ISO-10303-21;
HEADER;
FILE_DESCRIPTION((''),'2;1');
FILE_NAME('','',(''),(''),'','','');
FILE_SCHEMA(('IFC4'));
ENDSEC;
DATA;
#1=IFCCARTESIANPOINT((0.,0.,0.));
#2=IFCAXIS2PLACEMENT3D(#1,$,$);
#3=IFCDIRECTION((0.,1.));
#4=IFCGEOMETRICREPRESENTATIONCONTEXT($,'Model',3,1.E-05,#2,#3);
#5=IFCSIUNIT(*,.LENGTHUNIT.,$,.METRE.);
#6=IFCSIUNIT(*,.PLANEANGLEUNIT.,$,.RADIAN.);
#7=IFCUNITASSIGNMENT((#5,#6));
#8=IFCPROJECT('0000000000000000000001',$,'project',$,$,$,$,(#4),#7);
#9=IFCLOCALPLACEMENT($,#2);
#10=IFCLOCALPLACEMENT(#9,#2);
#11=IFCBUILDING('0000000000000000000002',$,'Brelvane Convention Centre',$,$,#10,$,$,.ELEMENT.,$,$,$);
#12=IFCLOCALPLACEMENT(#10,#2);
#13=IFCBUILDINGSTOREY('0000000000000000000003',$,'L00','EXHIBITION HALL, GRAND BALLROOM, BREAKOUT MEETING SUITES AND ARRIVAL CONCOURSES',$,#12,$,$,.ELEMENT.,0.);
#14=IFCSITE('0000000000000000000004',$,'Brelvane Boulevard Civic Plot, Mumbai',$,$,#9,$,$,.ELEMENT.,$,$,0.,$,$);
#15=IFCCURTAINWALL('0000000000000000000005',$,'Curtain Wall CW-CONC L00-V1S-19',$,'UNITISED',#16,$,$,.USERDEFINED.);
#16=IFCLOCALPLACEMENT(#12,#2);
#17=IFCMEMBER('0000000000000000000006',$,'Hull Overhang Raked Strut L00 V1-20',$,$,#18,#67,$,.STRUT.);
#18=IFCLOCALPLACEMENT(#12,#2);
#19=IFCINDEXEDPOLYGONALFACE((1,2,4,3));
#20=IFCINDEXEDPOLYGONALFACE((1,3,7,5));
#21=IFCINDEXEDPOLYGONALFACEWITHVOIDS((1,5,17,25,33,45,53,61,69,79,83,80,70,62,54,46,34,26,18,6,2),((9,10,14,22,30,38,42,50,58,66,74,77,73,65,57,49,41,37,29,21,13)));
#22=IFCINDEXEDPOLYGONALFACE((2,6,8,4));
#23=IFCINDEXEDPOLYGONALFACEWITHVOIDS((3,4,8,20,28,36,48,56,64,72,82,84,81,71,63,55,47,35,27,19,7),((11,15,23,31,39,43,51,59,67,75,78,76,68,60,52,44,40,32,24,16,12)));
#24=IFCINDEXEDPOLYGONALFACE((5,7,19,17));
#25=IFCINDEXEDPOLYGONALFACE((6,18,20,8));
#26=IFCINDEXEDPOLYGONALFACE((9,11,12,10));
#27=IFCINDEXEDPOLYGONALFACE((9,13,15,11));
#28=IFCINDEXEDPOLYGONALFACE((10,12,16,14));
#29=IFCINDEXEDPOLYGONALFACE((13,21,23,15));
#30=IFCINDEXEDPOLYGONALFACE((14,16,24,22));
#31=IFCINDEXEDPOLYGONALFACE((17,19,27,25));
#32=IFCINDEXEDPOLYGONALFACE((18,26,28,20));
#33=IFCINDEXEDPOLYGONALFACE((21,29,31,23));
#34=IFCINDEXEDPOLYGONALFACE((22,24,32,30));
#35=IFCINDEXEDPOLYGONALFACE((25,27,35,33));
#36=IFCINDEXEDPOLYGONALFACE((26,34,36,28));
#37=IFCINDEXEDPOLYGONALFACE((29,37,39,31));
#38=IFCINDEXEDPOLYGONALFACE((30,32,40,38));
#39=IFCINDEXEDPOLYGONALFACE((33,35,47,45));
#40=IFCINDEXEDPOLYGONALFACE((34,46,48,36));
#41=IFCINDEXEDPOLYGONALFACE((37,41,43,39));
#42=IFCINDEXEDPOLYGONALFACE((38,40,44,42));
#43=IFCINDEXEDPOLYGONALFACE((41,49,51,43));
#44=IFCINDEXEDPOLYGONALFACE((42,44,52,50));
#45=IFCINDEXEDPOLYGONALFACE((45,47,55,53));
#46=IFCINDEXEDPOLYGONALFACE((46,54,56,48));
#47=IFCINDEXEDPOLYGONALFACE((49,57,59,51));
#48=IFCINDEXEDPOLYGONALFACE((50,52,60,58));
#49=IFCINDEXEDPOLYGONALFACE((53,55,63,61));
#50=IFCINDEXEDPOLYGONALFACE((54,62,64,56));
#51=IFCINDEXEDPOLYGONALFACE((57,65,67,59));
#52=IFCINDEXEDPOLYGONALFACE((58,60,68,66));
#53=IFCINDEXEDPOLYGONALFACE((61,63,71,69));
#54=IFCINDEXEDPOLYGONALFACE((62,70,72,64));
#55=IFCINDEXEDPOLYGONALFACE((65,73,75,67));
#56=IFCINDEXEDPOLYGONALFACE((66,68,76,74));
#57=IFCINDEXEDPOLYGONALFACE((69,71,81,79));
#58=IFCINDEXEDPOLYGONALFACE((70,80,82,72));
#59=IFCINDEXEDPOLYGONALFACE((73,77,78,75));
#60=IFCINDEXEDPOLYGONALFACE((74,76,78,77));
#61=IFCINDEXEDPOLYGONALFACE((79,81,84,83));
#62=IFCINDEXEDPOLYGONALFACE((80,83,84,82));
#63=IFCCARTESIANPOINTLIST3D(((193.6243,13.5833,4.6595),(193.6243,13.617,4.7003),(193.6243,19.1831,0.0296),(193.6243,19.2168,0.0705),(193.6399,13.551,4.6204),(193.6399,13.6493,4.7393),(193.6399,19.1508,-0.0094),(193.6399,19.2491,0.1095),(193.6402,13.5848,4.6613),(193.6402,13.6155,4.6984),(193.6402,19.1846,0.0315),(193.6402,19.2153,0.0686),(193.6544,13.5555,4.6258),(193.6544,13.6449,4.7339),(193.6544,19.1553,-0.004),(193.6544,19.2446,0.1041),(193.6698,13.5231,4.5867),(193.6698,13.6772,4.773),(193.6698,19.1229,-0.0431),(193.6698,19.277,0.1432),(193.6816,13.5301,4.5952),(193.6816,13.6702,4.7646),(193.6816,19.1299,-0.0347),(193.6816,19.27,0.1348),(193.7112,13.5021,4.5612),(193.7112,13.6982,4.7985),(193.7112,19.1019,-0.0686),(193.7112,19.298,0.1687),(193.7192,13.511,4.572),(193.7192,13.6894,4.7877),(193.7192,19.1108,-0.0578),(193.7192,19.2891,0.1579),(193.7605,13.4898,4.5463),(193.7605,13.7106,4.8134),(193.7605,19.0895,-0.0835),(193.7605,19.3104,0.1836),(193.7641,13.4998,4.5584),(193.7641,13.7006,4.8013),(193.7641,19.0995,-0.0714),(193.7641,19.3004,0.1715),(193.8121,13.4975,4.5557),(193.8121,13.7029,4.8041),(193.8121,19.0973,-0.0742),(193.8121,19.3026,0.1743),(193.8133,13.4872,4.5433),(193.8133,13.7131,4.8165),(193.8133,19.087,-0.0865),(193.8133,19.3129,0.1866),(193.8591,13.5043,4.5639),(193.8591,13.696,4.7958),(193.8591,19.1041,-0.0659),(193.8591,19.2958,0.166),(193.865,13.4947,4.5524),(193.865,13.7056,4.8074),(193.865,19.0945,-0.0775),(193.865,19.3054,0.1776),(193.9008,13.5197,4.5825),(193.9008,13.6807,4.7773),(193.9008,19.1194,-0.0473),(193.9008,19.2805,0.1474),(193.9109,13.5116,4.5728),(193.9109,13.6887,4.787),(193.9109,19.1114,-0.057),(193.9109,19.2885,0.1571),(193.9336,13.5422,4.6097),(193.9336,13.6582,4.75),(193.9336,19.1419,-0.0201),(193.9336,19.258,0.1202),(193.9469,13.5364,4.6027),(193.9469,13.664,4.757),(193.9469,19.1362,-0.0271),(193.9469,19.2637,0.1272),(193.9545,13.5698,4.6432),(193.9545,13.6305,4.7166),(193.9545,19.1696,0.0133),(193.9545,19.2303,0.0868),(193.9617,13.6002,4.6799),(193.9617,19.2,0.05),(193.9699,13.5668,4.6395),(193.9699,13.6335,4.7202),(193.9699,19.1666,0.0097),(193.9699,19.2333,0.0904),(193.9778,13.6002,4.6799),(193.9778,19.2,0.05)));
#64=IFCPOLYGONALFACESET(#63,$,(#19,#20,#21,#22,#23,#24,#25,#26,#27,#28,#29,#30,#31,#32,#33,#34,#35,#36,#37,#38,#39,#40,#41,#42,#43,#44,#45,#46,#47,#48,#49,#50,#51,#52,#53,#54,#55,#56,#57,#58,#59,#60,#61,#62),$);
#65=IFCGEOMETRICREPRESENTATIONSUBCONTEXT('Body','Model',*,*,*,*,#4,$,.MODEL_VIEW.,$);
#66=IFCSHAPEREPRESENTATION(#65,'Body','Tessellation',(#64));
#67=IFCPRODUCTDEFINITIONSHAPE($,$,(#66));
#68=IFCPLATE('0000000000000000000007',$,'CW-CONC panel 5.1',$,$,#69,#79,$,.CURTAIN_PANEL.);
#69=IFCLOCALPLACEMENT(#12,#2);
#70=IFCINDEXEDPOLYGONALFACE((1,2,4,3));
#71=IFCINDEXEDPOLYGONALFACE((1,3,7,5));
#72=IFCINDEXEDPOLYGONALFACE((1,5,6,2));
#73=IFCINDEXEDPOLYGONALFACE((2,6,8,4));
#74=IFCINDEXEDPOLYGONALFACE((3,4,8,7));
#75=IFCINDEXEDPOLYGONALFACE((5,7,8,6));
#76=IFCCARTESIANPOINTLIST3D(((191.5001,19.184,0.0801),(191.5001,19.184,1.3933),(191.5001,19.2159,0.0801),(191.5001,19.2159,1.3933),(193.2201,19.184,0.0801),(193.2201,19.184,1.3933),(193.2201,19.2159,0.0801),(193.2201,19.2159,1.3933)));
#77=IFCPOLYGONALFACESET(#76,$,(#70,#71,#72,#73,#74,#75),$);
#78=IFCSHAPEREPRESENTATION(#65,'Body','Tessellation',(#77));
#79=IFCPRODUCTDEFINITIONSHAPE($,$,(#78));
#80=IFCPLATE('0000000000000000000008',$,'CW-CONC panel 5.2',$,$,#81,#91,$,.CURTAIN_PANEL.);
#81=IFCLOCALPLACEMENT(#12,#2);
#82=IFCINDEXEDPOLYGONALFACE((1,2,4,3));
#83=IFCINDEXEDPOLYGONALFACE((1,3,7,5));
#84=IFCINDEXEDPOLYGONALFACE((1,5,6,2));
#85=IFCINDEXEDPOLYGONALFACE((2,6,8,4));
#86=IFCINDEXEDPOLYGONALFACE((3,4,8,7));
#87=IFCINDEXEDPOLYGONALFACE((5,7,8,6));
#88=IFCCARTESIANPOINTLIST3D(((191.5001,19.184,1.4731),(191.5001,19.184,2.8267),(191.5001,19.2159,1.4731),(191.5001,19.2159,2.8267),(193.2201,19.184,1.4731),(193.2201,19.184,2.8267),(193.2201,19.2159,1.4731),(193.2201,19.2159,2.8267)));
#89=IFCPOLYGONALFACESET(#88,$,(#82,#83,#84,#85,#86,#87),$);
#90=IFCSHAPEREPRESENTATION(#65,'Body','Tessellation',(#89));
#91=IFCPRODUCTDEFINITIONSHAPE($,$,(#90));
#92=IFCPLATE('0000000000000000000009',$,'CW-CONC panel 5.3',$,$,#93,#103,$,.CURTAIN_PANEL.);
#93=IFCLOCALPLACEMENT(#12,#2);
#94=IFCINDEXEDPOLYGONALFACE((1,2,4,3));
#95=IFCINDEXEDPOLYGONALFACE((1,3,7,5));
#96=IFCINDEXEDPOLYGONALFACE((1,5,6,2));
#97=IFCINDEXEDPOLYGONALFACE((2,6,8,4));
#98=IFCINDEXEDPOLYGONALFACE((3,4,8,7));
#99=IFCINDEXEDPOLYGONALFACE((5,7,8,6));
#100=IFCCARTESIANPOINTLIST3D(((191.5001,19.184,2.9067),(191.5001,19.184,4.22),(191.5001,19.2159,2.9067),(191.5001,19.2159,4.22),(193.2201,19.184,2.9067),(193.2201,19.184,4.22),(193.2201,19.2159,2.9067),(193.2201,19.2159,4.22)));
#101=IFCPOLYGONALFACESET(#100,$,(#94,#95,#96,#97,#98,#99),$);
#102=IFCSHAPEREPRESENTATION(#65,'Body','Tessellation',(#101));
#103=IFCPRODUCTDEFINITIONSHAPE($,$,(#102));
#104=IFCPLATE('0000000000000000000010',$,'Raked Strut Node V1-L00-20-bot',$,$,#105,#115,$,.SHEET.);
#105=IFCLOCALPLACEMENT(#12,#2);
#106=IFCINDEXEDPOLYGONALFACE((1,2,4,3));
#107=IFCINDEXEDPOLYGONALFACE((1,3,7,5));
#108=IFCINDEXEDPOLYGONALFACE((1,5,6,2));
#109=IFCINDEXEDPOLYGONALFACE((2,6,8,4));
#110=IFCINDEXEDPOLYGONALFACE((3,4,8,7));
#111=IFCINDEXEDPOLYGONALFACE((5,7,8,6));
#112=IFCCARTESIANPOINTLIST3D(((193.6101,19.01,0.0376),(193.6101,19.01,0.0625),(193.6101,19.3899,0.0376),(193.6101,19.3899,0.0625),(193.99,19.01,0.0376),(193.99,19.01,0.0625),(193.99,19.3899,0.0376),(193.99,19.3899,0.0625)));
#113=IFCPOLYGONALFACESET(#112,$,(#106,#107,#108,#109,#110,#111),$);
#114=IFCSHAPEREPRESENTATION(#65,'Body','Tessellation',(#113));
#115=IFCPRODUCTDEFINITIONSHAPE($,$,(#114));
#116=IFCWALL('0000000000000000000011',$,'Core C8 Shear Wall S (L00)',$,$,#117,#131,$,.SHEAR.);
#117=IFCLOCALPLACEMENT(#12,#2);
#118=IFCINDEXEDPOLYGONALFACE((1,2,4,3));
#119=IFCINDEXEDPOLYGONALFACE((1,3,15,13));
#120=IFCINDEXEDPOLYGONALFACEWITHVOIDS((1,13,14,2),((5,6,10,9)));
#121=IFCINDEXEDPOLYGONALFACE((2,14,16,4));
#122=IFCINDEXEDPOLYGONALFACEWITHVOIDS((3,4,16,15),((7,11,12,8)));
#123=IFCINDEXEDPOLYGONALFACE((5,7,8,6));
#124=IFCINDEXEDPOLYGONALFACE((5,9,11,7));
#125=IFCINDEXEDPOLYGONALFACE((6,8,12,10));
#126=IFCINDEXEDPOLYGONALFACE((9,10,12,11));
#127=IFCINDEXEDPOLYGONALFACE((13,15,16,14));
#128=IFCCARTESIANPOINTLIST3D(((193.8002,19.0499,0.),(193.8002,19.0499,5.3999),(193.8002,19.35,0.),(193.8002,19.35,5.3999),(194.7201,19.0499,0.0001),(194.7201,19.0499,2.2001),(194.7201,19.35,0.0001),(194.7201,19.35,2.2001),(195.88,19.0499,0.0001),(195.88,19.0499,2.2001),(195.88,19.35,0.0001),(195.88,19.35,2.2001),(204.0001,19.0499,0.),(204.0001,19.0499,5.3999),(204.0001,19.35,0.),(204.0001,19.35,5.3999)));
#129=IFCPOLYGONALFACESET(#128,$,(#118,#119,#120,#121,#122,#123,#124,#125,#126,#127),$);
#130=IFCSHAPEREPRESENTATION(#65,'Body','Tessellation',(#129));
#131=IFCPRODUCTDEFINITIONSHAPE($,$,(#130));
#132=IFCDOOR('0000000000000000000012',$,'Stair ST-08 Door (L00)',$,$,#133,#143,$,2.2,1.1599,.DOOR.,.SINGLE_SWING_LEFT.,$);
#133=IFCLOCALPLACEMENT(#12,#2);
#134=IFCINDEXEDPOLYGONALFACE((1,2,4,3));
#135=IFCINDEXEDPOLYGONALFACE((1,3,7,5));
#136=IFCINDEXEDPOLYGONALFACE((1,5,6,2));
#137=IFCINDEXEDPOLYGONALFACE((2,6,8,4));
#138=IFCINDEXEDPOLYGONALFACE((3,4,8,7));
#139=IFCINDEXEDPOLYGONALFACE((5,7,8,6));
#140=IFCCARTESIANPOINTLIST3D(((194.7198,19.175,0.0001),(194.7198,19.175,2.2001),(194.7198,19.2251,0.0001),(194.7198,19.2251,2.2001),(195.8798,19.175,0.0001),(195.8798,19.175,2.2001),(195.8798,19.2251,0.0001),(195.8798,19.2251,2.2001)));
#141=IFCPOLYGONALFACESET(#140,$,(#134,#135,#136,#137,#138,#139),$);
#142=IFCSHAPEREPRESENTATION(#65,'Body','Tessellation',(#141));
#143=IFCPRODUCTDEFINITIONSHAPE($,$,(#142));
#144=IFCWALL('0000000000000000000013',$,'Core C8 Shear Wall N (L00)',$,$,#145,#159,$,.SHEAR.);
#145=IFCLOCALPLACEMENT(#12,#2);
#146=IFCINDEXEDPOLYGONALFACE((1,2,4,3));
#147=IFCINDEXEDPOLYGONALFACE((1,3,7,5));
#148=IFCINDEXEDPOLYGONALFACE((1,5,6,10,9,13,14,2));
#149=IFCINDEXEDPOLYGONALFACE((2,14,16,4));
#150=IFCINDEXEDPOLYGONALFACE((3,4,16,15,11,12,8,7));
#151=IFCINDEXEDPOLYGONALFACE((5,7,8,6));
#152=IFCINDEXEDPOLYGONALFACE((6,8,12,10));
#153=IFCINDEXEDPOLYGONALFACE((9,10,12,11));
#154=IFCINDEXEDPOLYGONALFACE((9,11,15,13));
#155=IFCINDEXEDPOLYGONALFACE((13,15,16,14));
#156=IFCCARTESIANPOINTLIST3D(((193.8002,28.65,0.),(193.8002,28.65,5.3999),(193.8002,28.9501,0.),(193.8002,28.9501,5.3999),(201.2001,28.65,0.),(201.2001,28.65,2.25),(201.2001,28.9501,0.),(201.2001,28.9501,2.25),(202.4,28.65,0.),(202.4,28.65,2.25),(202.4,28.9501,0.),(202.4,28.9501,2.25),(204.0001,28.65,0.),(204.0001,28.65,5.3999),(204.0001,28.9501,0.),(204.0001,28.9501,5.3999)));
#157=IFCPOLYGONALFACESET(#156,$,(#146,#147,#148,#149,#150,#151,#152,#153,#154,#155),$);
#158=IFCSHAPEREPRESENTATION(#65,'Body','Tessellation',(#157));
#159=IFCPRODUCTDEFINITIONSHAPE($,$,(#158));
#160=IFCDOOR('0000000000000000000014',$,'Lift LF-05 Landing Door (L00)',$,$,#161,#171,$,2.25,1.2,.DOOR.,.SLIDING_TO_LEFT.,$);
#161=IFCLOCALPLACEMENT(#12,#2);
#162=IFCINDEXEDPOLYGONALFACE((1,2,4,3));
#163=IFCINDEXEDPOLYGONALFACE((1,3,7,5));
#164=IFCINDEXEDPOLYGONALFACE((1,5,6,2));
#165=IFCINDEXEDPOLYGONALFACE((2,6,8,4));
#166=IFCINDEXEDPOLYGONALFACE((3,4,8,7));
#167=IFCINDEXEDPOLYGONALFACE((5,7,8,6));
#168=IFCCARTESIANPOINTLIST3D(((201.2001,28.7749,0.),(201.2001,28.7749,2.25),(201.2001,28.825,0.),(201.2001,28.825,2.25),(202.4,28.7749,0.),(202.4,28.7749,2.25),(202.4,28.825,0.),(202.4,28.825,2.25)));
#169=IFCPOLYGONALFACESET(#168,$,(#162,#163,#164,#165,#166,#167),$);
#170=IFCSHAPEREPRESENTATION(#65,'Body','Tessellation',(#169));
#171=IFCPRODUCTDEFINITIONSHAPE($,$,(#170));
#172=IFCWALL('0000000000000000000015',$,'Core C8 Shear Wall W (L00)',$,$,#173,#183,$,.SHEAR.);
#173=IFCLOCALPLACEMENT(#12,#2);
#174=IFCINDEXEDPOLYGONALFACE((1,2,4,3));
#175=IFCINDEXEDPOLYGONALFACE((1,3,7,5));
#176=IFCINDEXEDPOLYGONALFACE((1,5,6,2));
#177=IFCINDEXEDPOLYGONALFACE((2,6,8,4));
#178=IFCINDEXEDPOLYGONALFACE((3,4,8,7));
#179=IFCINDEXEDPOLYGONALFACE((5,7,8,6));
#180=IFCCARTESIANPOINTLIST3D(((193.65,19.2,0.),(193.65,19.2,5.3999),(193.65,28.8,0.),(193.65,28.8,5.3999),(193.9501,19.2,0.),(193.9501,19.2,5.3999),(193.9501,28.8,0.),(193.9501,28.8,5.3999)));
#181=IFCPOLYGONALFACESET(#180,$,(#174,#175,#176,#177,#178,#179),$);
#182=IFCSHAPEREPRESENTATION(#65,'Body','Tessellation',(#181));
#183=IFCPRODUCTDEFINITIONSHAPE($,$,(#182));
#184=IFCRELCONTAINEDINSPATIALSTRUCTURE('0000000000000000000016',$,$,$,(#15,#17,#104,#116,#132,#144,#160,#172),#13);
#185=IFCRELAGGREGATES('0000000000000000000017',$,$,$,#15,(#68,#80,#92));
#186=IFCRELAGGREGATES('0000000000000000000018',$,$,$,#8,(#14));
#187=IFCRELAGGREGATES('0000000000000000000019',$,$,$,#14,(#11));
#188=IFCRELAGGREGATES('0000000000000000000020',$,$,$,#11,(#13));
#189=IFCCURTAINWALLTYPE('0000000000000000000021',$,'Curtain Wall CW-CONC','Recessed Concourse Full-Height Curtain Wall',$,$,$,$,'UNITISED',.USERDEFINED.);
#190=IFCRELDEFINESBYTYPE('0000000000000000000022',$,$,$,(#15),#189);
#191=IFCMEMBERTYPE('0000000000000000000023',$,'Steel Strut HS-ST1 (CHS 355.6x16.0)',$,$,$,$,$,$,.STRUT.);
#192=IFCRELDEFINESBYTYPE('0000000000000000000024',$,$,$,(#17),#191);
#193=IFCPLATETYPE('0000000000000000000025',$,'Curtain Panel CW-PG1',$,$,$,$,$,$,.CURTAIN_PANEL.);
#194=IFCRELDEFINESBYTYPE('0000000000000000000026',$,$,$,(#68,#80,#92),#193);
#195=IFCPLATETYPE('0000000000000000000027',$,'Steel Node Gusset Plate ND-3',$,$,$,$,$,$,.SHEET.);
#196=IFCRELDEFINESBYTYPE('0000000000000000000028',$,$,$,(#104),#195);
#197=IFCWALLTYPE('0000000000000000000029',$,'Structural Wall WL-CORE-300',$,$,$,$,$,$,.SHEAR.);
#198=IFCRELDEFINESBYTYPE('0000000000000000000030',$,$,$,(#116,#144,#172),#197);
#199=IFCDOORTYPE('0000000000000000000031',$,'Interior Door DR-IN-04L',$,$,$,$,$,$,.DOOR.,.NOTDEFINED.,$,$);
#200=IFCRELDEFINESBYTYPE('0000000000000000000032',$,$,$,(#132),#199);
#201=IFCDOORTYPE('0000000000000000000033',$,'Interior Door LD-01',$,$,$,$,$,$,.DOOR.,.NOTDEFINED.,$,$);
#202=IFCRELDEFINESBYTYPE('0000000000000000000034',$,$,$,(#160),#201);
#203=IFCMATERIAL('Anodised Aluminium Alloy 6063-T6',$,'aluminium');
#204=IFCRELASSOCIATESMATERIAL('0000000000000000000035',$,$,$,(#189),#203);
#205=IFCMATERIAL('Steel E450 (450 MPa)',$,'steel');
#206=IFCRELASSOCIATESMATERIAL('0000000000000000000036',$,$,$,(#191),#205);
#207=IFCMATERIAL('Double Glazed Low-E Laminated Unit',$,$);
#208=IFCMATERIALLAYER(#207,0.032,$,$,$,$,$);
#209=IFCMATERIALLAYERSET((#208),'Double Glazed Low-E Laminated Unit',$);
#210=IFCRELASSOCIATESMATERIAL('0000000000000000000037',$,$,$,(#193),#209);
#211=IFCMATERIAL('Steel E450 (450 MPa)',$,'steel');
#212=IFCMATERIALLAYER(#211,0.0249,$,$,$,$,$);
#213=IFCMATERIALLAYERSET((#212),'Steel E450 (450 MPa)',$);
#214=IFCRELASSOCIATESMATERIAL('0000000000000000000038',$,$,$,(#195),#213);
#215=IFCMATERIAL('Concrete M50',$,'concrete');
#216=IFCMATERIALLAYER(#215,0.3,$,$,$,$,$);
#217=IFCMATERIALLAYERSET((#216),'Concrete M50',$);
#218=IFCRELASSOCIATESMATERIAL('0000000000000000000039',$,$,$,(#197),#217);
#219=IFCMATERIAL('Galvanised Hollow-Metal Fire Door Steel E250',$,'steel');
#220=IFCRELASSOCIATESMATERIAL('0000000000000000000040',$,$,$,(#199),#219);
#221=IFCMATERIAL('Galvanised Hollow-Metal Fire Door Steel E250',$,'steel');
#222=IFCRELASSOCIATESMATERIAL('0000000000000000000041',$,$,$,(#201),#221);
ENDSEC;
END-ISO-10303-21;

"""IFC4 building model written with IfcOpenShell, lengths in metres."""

from ifc_helpers import new_model, si_unit, direction, frame, frame_2d, origin, origin_2d, place, context, subcontext, project, spatial, rectangle, hollow_circle, extrude, material, layer, layer_set, material_profile, profile_set, type_object, element, fill, aggregate, save


model = new_model("IFC4")

# Units and contexts
model_context = context("Model", 3, precision=1e-05, world=origin(), true_north=direction((0.0, 1.0)))
body_context = subcontext(model_context, "Body", "Model", "MODEL_VIEW")
ifc_project = project(units=[si_unit("LENGTHUNIT", "METRE"), si_unit("PLANEANGLEUNIT", "RADIAN")], contexts=[model_context])

# Site, building, storey
site_placement = place(None, origin())
site = spatial("IfcSite", under=ifc_project, at=site_placement, Name="Brelvane Boulevard Civic Plot, Mumbai", CompositionType="ELEMENT", RefElevation=0.0)
building_placement = place(site_placement, origin())
building = spatial("IfcBuilding", under=site, at=building_placement, Name="Brelvane Convention Centre", CompositionType="ELEMENT")
storey_placement = place(building_placement, origin())
storey = spatial("IfcBuildingStorey", under=building, at=storey_placement, Name="L00", Description="EXHIBITION HALL, GRAND BALLROOM, BREAKOUT MEETING SUITES AND ARRIVAL CONCOURSES", CompositionType="ELEMENT", Elevation=0.0)

# Curtain wall
ifc_material_1 = material(Name="Anodised Aluminium Alloy 6063-T6", Category="aluminium")
curtain_wall_type = type_object("IfcCurtainWallType", Name="Curtain Wall CW-CONC", Description="Recessed Concourse Full-Height Curtain Wall", ElementType="UNITISED", PredefinedType="USERDEFINED", material=ifc_material_1)
curtain_wall_placement = place(storey_placement, origin())
curtain_wall = element("IfcCurtainWall", 1, at=curtain_wall_placement, inside=storey, type_object=curtain_wall_type, Name="Curtain Wall CW-CONC L00-V1S-19", ObjectType="UNITISED", PredefinedType="USERDEFINED")

# Member
ifc_material_2 = material(Name="Steel E450 (450 MPa)", Category="steel")
ifc_material_profile_1 = material_profile(ifc_material_2, hollow_circle(Radius=0.1777, WallThickness=0.0161, at=origin_2d()), Name="CHS 355.6x16.0")
ifc_profile_set_1 = profile_set([ifc_material_profile_1], Name="Steel E450 (450 MPa)")
member_type_1 = type_object("IfcMemberType", Name="Steel Strut HS-ST1 (CHS 355.6x16.0)", PredefinedType="STRUT", material=ifc_profile_set_1)
member_1_placement = place(storey_placement, frame((193.8, 19.2, 0.05), z_axis=(0.0, -0.770697, 0.637202), x_axis=(1.0, 0.0, 0.0)))
element("IfcMember", 2, at=member_1_placement, inside=storey, type_object=member_type_1, Name="Hull Overhang Raked Strut L00 V1-20", PredefinedType="STRUT", context=body_context, shape_type="SweptSolid", body=[
    extrude(hollow_circle(Radius=0.1777, WallThickness=0.0161, at=origin_2d()), origin(), (0.0, 0.0, 1.0), 7.2659),
])

# Plates
ifc_material_3 = material(Name="Double Glazed Low-E Laminated Unit")
ifc_layer_1 = layer(ifc_material_3, 0.032)
ifc_layer_set_1 = layer_set([ifc_layer_1], Name="Double Glazed Low-E Laminated Unit")
plate_type_1 = type_object("IfcPlateType", Name="Curtain Panel CW-PG1", PredefinedType="CURTAIN_PANEL", material=ifc_layer_set_1)
plate_1_placement = place(storey_placement, frame((192.3601, 19.2, 0.0801), z_axis=(0.0, 0.0, 1.0), x_axis=(1.0, 0.0, 0.0)))
plate_1 = element("IfcPlate", 3, at=plate_1_placement, type_object=plate_type_1, Name="CW-CONC panel 5.1", PredefinedType="CURTAIN_PANEL", context=body_context, shape_type="SweptSolid", body=[
    extrude(rectangle(XDim=1.72, YDim=0.032, at=origin_2d()), origin(), (0.0, 0.0, 1.0), 1.3132),
])
plate_2_placement = place(storey_placement, frame((192.3601, 19.2, 1.4731), z_axis=(0.0, 0.0, 1.0), x_axis=(1.0, 0.0, 0.0)))
plate_2 = element("IfcPlate", 4, at=plate_2_placement, type_object=plate_type_1, Name="CW-CONC panel 5.2", PredefinedType="CURTAIN_PANEL", context=body_context, shape_type="SweptSolid", body=[
    extrude(rectangle(XDim=1.72, YDim=0.032, at=origin_2d()), origin(), (0.0, 0.0, 1.0), 1.3535),
])
plate_3_placement = place(storey_placement, frame((192.3601, 19.2, 2.9067), z_axis=(0.0, 0.0, 1.0), x_axis=(1.0, 0.0, 0.0)))
plate_3 = element("IfcPlate", 5, at=plate_3_placement, type_object=plate_type_1, Name="CW-CONC panel 5.3", PredefinedType="CURTAIN_PANEL", context=body_context, shape_type="SweptSolid", body=[
    extrude(rectangle(XDim=1.72, YDim=0.032, at=origin_2d()), origin(), (0.0, 0.0, 1.0), 1.3132),
])
aggregate(curtain_wall, [plate_1, plate_2, plate_3])
ifc_material_4 = material(Name="Steel E450 (450 MPa)", Category="steel")
ifc_layer_2 = layer(ifc_material_4, 0.0249)
ifc_layer_set_2 = layer_set([ifc_layer_2], Name="Steel E450 (450 MPa)")
plate_type_2 = type_object("IfcPlateType", Name="Steel Node Gusset Plate ND-3", PredefinedType="SHEET", material=ifc_layer_set_2)
plate_4_placement = place(storey_placement, frame((193.8, 19.2, 0.0376), z_axis=(0.0, 0.0, 1.0), x_axis=(1.0, 0.0, 0.0)))
element("IfcPlate", 6, at=plate_4_placement, inside=storey, type_object=plate_type_2, Name="Raked Strut Node V1-L00-20-bot", PredefinedType="SHEET", context=body_context, shape_type="SweptSolid", body=[
    extrude(rectangle(XDim=0.3799, YDim=0.3799, at=origin_2d()), origin(), (0.0, 0.0, 1.0), 0.0249),
])

# Walls, openings, doors
ifc_material_5 = material(Name="Concrete M50", Category="concrete")
ifc_layer_3 = layer(ifc_material_5, 0.3)
ifc_layer_set_3 = layer_set([ifc_layer_3], Name="Concrete M50")
wall_type = type_object("IfcWallType", Name="Structural Wall WL-CORE-300", PredefinedType="SHEAR", material=ifc_layer_set_3)
wall_1_placement = place(storey_placement, frame((193.8, 19.2, 0.0), z_axis=(0.0, 0.0, 1.0), x_axis=(1.0, 0.0, 0.0)))
wall_1 = element("IfcWall", 7, at=wall_1_placement, inside=storey, type_object=wall_type, Name="Core C8 Shear Wall S (L00)", PredefinedType="SHEAR", context=body_context, shape_type="SweptSolid", body=[
    extrude(rectangle(XDim=10.2, YDim=0.3, at=frame_2d((5.1001, 0.0))), origin(), (0.0, 0.0, 1.0), 5.3999),
])
opening_1_placement = place(wall_1_placement, frame((0.9199, 0.0, 0.0)))
opening_1 = element("IfcOpeningElement", 8, at=opening_1_placement, cuts=wall_1, PredefinedType="OPENING", context=body_context, shape_type="SweptSolid", body=[
    extrude(rectangle(XDim=1.1599, YDim=2.2, at=frame_2d((0.5801, 1.1001))), frame((0.0, 0.1599, 0.0), z_axis=(0.0, -1.0, 0.0), x_axis=(1.0, 0.0, 0.0)), (0.0, 0.0, 1.0), 0.3201),
])
ifc_material_6 = material(Name="Galvanised Hollow-Metal Fire Door Steel E250", Category="steel")
door_type_1 = type_object("IfcDoorType", Name="Interior Door DR-IN-04L", OperationType="NOTDEFINED", PredefinedType="DOOR", material=ifc_material_6)
door_1_placement = place(opening_1_placement, frame((1.1599, 0.0, 0.0), z_axis=(0.0, 0.0, 1.0), x_axis=(-1.0, 0.0, 0.0)))
door_1 = element("IfcDoor", 9, at=door_1_placement, inside=storey, type_object=door_type_1, Name="Stair ST-08 Door (L00)", OperationType="SINGLE_SWING_LEFT", OverallHeight=2.2, OverallWidth=1.1599, PredefinedType="DOOR", context=body_context, shape_type="SweptSolid", body=[
    extrude(rectangle(XDim=1.1599, YDim=2.2, at=frame_2d((0.5801, 1.1001))), frame((0.0, 0.0249, 0.0), z_axis=(0.0, -1.0, 0.0), x_axis=(1.0, 0.0, 0.0)), (0.0, 0.0, 1.0), 0.05),
])
fill(opening_1, door_1)
wall_2_placement = place(storey_placement, frame((193.8, 28.8, 0.0), z_axis=(0.0, 0.0, 1.0), x_axis=(1.0, 0.0, 0.0)))
wall_2 = element("IfcWall", 10, at=wall_2_placement, inside=storey, type_object=wall_type, Name="Core C8 Shear Wall N (L00)", PredefinedType="SHEAR", context=body_context, shape_type="SweptSolid", body=[
    extrude(rectangle(XDim=10.2, YDim=0.3, at=frame_2d((5.1001, 0.0))), origin(), (0.0, 0.0, 1.0), 5.3999),
])
opening_2_placement = place(wall_2_placement, frame((7.3999, 0.0, 0.0)))
opening_2 = element("IfcOpeningElement", 11, at=opening_2_placement, cuts=wall_2, PredefinedType="OPENING", context=body_context, shape_type="SweptSolid", body=[
    extrude(rectangle(XDim=1.2, YDim=2.25, at=frame_2d((0.6001, 1.125))), frame((0.0, 0.1599, 0.0), z_axis=(0.0, -1.0, 0.0), x_axis=(1.0, 0.0, 0.0)), (0.0, 0.0, 1.0), 0.3201),
])
ifc_material_7 = material(Name="Galvanised Hollow-Metal Fire Door Steel E250", Category="steel")
door_type_2 = type_object("IfcDoorType", Name="Interior Door LD-01", OperationType="NOTDEFINED", PredefinedType="DOOR", material=ifc_material_7)
door_2_placement = place(opening_2_placement, origin())
door_2 = element("IfcDoor", 12, at=door_2_placement, inside=storey, type_object=door_type_2, Name="Lift LF-05 Landing Door (L00)", OperationType="SLIDING_TO_LEFT", OverallHeight=2.25, OverallWidth=1.2, PredefinedType="DOOR", context=body_context, shape_type="SweptSolid", body=[
    extrude(rectangle(XDim=1.2, YDim=2.25, at=frame_2d((0.6001, 1.125))), frame((0.0, 0.0249, 0.0), z_axis=(0.0, -1.0, 0.0), x_axis=(1.0, 0.0, 0.0)), (0.0, 0.0, 1.0), 0.05),
])
fill(opening_2, door_2)

# Wall
wall_3_placement = place(storey_placement, frame((193.8, 19.2, 0.0), z_axis=(0.0, 0.0, 1.0), x_axis=(0.0, 1.0, 0.0)))
element("IfcWall", 13, at=wall_3_placement, inside=storey, type_object=wall_type, Name="Core C8 Shear Wall W (L00)", PredefinedType="SHEAR", context=body_context, shape_type="SweptSolid", body=[
    extrude(rectangle(XDim=9.6001, YDim=0.3, at=frame_2d((4.8, 0.0))), origin(), (0.0, 0.0, 1.0), 5.3999),
])

save(model, "model.ifc")
